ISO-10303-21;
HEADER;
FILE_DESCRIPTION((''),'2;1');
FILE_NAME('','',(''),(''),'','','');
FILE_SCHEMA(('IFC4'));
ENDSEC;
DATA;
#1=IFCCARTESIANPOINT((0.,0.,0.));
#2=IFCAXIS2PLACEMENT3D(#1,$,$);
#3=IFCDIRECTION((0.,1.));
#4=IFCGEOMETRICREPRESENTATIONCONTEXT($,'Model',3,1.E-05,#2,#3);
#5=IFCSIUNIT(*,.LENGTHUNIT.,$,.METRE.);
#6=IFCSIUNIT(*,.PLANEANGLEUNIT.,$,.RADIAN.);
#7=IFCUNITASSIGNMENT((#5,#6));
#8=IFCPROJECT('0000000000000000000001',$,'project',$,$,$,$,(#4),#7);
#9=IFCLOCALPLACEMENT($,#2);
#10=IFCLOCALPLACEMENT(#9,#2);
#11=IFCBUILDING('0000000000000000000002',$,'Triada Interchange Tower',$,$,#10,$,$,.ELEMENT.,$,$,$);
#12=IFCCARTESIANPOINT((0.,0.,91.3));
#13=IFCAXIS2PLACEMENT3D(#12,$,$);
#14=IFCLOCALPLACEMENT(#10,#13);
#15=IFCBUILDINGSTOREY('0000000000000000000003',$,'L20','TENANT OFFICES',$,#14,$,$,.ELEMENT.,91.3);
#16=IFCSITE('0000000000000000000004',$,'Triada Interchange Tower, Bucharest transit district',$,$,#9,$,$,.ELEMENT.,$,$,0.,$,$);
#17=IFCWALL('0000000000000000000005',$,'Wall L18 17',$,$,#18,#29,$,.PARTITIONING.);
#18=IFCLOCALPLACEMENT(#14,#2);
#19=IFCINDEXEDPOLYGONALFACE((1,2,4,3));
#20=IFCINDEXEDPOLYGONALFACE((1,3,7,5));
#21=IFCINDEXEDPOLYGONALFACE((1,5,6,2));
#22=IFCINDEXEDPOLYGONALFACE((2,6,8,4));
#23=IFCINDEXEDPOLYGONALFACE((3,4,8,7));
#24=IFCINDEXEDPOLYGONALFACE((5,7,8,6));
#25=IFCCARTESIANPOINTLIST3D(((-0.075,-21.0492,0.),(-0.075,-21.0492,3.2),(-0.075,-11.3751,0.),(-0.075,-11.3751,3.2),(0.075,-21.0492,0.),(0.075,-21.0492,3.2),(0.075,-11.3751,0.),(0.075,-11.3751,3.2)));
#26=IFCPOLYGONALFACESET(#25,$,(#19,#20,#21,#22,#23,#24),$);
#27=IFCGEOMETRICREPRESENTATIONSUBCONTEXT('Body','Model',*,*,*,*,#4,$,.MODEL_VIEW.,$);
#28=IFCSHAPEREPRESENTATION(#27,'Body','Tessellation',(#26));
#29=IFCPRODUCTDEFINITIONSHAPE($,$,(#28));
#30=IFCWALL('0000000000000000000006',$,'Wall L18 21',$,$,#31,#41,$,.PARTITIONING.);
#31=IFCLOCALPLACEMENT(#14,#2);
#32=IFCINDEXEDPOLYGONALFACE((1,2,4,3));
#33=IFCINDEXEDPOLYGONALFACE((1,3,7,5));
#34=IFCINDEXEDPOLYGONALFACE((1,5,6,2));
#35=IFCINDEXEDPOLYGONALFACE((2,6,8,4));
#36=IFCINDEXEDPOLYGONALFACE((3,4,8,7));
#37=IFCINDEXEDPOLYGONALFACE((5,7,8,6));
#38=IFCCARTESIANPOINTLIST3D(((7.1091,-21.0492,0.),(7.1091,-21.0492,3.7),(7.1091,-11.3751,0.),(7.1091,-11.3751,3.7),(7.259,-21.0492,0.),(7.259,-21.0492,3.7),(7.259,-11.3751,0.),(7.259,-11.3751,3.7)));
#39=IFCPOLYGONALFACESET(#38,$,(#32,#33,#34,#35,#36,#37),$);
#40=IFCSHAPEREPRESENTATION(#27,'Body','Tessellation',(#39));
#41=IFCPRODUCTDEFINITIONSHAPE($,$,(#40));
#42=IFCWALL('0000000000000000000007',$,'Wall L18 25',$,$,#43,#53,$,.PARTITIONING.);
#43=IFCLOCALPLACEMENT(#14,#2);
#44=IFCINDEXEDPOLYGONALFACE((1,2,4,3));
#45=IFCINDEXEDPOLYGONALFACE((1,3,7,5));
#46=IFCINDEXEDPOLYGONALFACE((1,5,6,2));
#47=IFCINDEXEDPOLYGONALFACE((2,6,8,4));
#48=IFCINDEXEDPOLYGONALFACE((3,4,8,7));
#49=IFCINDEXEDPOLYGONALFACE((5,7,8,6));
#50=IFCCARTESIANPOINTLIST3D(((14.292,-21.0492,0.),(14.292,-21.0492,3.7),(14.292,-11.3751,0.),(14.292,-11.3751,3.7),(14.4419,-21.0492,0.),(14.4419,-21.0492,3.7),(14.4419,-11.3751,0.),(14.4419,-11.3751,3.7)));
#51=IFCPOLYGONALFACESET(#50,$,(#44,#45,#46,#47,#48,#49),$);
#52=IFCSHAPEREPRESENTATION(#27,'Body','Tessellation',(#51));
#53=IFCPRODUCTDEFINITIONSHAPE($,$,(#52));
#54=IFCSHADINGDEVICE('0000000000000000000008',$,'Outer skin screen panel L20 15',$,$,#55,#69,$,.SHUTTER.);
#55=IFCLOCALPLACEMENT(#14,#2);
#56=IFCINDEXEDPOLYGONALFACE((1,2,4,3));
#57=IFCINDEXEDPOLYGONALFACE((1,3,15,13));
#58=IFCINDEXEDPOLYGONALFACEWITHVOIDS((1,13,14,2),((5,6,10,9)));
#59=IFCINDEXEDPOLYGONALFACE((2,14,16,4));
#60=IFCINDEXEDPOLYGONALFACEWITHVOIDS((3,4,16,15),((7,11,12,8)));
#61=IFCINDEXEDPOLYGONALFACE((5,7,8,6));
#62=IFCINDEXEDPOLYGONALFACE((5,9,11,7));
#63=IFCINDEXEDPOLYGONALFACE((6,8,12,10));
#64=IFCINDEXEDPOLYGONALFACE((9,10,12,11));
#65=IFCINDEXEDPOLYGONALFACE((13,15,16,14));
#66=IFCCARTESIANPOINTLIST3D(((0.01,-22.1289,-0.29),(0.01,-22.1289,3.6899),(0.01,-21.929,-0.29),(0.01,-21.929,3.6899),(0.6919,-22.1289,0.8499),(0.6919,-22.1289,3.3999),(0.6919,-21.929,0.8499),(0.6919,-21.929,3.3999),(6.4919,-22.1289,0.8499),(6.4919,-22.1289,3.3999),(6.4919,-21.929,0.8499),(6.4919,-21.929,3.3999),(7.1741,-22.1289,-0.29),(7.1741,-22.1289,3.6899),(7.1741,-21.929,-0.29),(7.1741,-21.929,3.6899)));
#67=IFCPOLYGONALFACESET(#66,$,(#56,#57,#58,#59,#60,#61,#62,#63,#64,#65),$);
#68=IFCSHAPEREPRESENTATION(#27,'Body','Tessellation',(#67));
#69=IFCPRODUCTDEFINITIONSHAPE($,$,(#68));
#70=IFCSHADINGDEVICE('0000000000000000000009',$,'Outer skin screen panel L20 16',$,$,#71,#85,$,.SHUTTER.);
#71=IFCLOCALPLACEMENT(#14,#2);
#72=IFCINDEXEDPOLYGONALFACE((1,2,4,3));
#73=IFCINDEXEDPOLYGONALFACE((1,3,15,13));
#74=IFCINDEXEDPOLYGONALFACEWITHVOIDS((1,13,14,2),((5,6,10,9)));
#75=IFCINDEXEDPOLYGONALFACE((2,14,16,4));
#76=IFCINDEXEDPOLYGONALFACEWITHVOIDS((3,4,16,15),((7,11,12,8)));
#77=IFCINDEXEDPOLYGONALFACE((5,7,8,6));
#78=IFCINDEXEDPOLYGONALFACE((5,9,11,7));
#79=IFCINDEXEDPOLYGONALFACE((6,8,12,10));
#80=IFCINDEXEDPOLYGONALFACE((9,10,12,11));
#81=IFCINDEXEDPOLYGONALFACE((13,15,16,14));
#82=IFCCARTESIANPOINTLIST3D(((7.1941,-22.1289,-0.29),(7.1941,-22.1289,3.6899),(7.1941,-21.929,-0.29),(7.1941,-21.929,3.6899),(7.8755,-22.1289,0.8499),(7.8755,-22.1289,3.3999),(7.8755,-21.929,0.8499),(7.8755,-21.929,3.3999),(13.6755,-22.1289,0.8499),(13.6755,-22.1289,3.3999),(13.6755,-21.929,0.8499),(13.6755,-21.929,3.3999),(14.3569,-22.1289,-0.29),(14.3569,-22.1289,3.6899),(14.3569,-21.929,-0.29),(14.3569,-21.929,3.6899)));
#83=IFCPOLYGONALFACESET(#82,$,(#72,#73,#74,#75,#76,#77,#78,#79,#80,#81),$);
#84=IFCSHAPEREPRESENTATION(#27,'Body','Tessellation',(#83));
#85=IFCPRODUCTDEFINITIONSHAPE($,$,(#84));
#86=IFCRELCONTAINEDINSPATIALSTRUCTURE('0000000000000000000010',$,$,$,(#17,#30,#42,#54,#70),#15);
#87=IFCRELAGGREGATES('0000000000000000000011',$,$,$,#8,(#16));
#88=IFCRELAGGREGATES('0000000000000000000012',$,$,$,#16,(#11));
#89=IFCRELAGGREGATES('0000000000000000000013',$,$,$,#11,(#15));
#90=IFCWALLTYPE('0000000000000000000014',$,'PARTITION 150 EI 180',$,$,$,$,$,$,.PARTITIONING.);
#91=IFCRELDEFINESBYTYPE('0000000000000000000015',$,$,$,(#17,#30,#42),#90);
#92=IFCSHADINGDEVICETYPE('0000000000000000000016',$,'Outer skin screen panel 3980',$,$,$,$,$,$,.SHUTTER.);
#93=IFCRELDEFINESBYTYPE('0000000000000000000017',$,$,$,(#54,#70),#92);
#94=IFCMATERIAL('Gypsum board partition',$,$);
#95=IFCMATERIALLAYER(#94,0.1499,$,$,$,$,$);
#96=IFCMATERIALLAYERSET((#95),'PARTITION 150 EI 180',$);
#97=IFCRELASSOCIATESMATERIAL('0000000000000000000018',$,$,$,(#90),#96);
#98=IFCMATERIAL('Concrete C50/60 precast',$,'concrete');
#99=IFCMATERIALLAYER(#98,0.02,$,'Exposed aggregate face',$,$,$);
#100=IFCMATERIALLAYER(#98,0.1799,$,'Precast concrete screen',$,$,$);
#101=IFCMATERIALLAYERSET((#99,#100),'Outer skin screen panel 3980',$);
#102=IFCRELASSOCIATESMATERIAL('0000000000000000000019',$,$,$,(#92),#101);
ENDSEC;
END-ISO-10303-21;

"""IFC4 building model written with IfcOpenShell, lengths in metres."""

from ifc_helpers import new_model, si_unit, direction, frame, frame_2d, origin, place, context, subcontext, project, spatial, polyline, rectangle, outline, extrude, material, layer, layer_set, type_object, element, save


model = new_model("IFC4")

# Units and contexts
model_context = context("Model", 3, precision=1e-05, world=origin(), true_north=direction((0.0, 1.0)))
body_context = subcontext(model_context, "Body", "Model", "MODEL_VIEW")
ifc_project = project(units=[si_unit("LENGTHUNIT", "METRE"), si_unit("PLANEANGLEUNIT", "RADIAN")], contexts=[model_context])

# Site, building, storey
site_placement = place(None, origin())
site = spatial("IfcSite", under=ifc_project, at=site_placement, Name="Triada Interchange Tower, Bucharest transit district", CompositionType="ELEMENT", RefElevation=0.0)
building_placement = place(site_placement, origin())
building = spatial("IfcBuilding", under=site, at=building_placement, Name="Triada Interchange Tower", CompositionType="ELEMENT")
storey_placement = place(building_placement, frame((0.0, 0.0, 91.3)))
storey = spatial("IfcBuildingStorey", under=building, at=storey_placement, Name="L20", Description="TENANT OFFICES", CompositionType="ELEMENT", Elevation=91.3)

# Walls
ifc_material_1 = material(Name="Gypsum board partition")
ifc_layer_1 = layer(ifc_material_1, 0.1499)
ifc_layer_set_1 = layer_set([ifc_layer_1], Name="PARTITION 150 EI 180")
wall_type_1 = type_object("IfcWallType", Name="PARTITION 150 EI 180", PredefinedType="PARTITIONING", material=ifc_layer_set_1)
wall_1_placement = place(storey_placement, frame((0.0, -21.0491, 0.0), z_axis=(0.0, 0.0, 1.0), x_axis=(0.0, 1.0, 0.0)))
element("IfcWall", 1, at=wall_1_placement, inside=storey, type_object=wall_type_1, Name="Wall L18 17", PredefinedType="PARTITIONING", context=body_context, shape_type="SweptSolid", body=[
    extrude(rectangle(XDim=9.6741, YDim=0.1499, at=frame_2d((4.8369, 0.0))), origin(), (0.0, 0.0, 1.0), 3.2),
])
for number, where, z_axis, x_axis, name in (
    (2, (7.1841, -21.0491, 0.0), (0.0, 0.0, 1.0), (0.0, 1.0, 0.0), "Wall L18 21"),
    (3, (14.3669, -21.0491, 0.0), (0.0, 0.0, 1.0), (0.0, 1.0, 0.0), "Wall L18 25"),
):
    element("IfcWall", number, at=place(storey_placement, frame(where, z_axis=z_axis, x_axis=x_axis)), inside=storey, type_object=wall_type_1, Name=name, PredefinedType="PARTITIONING", context=body_context, shape_type="SweptSolid", body=[
        extrude(rectangle(XDim=9.6741, YDim=0.1499, at=frame_2d((4.8369, 0.0))), origin(), (0.0, 0.0, 1.0), 3.7),
    ])

# Shading devices
ifc_material_2 = material(Name="Concrete C50/60 precast", Category="concrete")
ifc_layer_2 = layer(ifc_material_2, 0.02, Name="Exposed aggregate face")
ifc_layer_3 = layer(ifc_material_2, 0.1799, Name="Precast concrete screen")
ifc_layer_set_2 = layer_set([ifc_layer_2, ifc_layer_3], Name="Outer skin screen panel 3980")
shading_device_type = type_object("IfcShadingDeviceType", Name="Outer skin screen panel 3980", PredefinedType="SHUTTER", material=ifc_layer_set_2)
shading_device_1_placement = place(storey_placement, frame((0.01, -21.929, -0.29), z_axis=(0.0, 0.0, 1.0), x_axis=(1.0, 0.0, 0.0)))
element("IfcShadingDevice", 4, at=shading_device_1_placement, inside=storey, type_object=shading_device_type, Name="Outer skin screen panel L20 15", PredefinedType="SHUTTER", context=body_context, shape_type="SweptSolid", body=[
    extrude(outline(polyline([(0.0, 0.0), (7.1641, 0.0), (7.1641, 3.98), (0.0, 3.98), (0.0, 0.0)]), holes=[polyline([(0.6819, 1.1399), (0.6819, 3.6899), (6.4819, 3.6899), (6.4819, 1.1399), (0.6819, 1.1399)])]), frame((0.0, 0.0, 0.0), z_axis=(0.0, -1.0, 0.0), x_axis=(1.0, 0.0, 0.0)), (0.0, 0.0, 1.0), 0.2),
])
shading_device_2_placement = place(storey_placement, frame((7.1941, -21.929, -0.29), z_axis=(0.0, 0.0, 1.0), x_axis=(1.0, 0.0, 0.0)))
element("IfcShadingDevice", 5, at=shading_device_2_placement, inside=storey, type_object=shading_device_type, Name="Outer skin screen panel L20 16", PredefinedType="SHUTTER", context=body_context, shape_type="SweptSolid", body=[
    extrude(outline(polyline([(0.0, 0.0), (7.1628, 0.0), (7.1628, 3.98), (0.0, 3.98), (0.0, 0.0)]), holes=[polyline([(0.6814, 1.1399), (0.6814, 3.6899), (6.4814, 3.6899), (6.4814, 1.1399), (0.6814, 1.1399)])]), frame((0.0, 0.0, 0.0), z_axis=(0.0, -1.0, 0.0), x_axis=(1.0, 0.0, 0.0)), (0.0, 0.0, 1.0), 0.2),
])

save(model, "model.ifc")
